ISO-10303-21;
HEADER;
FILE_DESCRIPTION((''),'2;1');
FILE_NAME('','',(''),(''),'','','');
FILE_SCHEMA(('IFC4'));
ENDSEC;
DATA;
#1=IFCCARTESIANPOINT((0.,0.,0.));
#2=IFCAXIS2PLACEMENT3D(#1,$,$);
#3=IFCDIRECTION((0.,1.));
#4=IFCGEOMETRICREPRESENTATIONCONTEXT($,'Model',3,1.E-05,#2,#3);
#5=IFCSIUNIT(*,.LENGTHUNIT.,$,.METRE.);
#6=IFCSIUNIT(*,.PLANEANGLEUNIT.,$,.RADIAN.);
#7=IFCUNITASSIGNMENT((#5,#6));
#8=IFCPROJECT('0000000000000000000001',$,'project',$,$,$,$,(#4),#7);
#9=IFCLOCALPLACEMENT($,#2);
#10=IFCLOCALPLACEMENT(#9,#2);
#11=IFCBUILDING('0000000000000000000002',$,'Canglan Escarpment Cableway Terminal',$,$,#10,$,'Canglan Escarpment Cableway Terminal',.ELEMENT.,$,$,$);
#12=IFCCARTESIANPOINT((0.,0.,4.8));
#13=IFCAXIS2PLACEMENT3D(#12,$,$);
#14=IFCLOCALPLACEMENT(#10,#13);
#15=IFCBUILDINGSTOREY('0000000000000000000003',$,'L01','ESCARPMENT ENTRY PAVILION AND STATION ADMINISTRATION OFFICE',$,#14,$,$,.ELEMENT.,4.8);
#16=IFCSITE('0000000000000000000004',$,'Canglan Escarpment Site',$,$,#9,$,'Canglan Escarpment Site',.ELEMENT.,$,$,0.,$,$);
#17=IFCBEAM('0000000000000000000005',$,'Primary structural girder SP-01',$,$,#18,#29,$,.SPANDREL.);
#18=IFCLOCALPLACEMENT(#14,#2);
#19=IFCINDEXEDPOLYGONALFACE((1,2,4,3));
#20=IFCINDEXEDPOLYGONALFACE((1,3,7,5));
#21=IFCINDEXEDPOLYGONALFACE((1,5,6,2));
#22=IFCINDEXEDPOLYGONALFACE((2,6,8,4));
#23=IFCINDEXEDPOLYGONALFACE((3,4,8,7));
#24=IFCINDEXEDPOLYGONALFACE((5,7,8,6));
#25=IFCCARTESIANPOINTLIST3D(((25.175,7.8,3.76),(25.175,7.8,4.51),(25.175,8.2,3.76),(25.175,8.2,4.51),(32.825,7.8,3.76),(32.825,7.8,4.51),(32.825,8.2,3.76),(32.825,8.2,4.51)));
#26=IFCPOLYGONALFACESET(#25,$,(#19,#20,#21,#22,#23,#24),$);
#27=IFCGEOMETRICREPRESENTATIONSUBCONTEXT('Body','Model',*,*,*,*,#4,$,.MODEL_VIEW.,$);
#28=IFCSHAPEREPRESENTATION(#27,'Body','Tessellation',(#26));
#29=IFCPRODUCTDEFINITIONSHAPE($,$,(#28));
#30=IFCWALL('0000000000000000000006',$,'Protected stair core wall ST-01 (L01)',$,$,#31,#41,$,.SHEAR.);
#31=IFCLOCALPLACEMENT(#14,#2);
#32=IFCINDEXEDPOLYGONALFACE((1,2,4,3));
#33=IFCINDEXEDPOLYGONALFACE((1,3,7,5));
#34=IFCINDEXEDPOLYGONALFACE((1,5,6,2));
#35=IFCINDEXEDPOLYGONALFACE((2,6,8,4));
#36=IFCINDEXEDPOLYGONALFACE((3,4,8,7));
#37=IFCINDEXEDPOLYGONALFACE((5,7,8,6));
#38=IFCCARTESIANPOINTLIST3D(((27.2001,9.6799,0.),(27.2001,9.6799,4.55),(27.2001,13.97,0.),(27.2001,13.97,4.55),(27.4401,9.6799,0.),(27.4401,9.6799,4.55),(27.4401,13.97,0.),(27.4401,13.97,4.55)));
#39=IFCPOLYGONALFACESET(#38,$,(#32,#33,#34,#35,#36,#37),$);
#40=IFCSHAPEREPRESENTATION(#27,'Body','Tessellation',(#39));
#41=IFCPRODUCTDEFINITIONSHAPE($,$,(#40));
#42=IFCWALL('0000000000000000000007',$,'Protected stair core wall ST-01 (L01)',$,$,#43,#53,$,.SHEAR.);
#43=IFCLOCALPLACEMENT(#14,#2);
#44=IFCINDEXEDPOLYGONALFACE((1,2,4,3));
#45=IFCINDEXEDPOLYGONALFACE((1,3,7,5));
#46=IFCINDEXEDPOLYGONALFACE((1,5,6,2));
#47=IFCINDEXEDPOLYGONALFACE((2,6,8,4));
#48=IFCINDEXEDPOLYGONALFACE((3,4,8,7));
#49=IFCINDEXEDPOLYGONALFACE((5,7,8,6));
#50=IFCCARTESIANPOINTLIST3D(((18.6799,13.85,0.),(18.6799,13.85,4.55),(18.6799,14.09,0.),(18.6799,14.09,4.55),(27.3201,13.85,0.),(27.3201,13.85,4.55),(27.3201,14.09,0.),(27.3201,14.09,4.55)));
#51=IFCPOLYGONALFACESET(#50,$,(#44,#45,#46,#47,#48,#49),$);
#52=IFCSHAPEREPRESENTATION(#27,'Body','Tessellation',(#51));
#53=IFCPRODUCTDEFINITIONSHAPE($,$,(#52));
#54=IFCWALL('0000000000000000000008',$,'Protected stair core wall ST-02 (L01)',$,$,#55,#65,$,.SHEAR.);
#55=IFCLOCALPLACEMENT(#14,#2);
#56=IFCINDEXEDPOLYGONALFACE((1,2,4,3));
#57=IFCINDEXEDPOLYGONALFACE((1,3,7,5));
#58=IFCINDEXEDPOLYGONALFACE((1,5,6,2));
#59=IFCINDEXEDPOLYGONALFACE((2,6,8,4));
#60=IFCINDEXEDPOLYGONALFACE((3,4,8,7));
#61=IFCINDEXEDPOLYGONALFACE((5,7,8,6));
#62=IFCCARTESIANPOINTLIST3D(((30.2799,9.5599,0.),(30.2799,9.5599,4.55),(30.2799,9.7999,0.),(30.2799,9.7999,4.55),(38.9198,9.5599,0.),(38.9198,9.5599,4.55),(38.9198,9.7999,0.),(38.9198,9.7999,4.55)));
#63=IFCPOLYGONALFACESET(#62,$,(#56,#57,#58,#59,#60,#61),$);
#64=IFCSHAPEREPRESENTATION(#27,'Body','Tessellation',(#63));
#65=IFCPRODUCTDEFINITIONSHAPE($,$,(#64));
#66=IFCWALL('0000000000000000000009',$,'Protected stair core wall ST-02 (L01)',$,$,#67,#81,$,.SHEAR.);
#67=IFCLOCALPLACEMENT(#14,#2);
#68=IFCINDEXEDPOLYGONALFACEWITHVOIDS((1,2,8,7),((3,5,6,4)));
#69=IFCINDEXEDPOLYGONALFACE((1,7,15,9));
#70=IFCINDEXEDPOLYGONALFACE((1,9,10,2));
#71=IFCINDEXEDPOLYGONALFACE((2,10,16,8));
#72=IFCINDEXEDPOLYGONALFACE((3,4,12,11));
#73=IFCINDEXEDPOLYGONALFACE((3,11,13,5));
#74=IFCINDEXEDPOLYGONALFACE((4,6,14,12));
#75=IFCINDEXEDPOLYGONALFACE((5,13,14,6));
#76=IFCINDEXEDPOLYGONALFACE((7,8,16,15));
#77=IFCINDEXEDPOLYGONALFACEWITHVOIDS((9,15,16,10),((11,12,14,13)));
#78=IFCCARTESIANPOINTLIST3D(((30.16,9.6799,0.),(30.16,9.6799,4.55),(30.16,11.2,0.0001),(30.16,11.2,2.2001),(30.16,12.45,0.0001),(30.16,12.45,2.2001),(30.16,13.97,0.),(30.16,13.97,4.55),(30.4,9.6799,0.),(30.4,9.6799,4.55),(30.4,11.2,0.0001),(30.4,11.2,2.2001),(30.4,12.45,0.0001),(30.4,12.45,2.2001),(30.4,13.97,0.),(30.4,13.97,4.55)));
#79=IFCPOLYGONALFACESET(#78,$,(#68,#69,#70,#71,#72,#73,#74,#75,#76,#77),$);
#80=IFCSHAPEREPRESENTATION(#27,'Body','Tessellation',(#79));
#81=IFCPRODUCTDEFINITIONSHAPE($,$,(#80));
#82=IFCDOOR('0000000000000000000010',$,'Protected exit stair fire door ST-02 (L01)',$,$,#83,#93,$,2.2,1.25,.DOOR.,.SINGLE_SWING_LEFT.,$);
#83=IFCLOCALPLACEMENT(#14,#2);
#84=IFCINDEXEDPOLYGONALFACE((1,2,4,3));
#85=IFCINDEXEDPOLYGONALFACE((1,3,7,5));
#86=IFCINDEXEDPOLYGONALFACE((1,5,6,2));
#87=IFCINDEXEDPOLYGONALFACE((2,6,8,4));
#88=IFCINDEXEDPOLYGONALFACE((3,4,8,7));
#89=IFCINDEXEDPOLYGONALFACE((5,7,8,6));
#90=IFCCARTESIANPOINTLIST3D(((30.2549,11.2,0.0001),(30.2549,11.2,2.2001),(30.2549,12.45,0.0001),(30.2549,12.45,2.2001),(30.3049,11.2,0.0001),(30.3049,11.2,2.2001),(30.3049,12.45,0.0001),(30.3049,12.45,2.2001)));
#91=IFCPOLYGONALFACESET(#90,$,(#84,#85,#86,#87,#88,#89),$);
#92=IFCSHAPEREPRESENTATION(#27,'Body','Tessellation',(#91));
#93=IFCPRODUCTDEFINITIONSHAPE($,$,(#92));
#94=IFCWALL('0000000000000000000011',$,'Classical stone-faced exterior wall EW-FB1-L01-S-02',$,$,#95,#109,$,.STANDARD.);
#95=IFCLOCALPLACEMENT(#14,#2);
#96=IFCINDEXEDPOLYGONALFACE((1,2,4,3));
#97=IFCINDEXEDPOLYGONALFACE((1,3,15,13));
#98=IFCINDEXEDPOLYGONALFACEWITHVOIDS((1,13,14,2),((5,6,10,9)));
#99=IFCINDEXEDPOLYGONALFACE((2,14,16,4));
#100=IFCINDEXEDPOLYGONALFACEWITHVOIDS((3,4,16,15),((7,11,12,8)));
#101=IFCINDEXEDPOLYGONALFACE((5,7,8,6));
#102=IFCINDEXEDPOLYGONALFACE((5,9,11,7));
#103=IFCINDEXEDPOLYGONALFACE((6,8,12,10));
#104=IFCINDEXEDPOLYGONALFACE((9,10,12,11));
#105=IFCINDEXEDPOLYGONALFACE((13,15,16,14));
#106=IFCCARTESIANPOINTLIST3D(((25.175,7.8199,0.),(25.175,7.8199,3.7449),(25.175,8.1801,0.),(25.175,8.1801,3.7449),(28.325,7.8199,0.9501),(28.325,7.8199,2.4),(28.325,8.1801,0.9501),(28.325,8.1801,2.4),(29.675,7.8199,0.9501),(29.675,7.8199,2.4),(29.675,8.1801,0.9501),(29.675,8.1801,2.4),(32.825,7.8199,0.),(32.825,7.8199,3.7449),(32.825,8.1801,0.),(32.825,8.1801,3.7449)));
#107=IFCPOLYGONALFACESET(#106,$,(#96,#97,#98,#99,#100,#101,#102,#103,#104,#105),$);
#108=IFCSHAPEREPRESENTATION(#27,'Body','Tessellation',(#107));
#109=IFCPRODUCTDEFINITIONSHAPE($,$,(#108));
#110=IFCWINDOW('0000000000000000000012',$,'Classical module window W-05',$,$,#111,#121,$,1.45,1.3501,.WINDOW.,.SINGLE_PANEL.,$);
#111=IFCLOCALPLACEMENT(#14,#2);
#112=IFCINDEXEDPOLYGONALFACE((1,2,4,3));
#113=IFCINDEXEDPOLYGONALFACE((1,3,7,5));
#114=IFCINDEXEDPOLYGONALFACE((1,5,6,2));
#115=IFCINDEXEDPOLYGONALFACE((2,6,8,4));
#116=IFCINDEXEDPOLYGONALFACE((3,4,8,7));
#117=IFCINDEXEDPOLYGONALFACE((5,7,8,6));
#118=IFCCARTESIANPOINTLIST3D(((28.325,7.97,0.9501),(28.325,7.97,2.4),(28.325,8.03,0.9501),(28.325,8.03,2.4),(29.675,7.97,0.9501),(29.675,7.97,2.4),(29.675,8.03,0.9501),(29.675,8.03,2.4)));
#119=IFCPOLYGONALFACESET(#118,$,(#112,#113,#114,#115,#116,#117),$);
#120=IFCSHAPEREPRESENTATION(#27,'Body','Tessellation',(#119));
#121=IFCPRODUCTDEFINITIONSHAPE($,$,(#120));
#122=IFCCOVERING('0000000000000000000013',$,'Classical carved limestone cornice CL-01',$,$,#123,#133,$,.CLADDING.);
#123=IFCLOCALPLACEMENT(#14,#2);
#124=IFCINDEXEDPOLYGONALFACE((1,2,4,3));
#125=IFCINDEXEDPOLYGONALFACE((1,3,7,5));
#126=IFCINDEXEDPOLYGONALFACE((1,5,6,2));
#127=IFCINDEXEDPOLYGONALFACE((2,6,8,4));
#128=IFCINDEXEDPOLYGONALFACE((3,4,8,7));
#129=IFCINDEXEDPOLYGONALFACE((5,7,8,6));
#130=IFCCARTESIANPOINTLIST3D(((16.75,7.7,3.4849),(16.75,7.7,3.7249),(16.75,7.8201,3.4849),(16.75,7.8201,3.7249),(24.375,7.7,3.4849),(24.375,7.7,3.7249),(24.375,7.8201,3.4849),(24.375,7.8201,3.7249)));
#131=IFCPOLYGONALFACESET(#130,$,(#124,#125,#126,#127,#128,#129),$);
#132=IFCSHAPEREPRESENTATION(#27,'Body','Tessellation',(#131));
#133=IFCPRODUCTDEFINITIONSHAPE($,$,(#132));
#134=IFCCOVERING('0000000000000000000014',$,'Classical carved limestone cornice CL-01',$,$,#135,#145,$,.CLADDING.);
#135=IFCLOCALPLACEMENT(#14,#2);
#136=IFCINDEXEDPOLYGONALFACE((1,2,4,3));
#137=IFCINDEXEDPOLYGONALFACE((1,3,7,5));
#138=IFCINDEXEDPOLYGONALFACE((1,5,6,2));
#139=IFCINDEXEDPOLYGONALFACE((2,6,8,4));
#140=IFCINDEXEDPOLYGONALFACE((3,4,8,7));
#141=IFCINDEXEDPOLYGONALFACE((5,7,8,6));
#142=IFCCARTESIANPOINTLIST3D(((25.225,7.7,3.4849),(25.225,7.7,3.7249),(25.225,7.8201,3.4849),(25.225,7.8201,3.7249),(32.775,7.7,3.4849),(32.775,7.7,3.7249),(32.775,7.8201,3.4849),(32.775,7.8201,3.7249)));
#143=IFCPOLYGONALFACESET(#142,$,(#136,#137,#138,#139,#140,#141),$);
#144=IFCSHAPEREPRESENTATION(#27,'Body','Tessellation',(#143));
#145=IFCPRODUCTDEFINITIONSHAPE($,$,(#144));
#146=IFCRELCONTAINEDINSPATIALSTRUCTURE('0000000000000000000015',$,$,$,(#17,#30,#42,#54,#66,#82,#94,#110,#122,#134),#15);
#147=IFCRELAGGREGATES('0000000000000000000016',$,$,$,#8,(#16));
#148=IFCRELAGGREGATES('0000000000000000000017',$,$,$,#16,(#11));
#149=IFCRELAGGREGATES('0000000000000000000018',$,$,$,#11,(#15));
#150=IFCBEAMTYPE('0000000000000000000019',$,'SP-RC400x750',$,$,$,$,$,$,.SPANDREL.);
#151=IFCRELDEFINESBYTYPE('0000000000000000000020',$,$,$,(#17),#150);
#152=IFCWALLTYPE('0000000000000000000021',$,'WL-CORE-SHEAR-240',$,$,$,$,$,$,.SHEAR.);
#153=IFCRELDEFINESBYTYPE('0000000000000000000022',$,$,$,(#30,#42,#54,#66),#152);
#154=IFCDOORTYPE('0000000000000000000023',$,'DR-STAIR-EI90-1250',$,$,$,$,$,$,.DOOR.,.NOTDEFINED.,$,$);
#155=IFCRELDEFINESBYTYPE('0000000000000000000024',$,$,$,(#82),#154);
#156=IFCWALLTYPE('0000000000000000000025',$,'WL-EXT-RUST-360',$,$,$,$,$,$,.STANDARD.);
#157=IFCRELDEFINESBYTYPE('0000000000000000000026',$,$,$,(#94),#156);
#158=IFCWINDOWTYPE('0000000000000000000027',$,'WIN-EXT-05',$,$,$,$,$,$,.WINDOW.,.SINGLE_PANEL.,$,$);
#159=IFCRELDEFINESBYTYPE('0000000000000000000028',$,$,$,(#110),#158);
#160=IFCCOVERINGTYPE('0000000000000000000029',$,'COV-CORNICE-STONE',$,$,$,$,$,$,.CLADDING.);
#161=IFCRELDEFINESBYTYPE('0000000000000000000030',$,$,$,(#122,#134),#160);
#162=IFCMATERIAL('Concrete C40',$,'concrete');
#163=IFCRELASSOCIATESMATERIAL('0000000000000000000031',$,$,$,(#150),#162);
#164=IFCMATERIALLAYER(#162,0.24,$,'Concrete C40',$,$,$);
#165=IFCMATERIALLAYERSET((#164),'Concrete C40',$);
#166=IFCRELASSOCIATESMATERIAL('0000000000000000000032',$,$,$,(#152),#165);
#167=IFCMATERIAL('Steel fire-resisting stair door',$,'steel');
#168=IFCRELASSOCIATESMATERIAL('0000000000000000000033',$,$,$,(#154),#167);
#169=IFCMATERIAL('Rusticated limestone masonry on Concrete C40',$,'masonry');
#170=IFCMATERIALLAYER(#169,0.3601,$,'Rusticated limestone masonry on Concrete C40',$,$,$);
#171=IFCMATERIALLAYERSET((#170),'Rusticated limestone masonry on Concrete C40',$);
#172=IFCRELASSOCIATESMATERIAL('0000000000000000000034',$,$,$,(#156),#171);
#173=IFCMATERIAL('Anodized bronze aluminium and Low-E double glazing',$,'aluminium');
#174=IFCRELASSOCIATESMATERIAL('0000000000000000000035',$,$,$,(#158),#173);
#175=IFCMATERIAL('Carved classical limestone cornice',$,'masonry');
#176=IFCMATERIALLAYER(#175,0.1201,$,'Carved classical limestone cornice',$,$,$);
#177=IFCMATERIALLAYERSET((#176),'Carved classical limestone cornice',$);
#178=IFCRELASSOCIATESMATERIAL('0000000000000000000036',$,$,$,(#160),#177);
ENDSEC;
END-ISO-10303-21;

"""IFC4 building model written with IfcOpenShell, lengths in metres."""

from ifc_helpers import new_model, si_unit, direction, frame, frame_2d, origin, origin_2d, place, context, subcontext, project, spatial, rectangle, extrude, material, layer, layer_set, material_profile, profile_set, type_object, element, fill, save


model = new_model("IFC4")

# Units and contexts
model_context = context("Model", 3, precision=1e-05, world=origin(), true_north=direction((0.0, 1.0)))
body_context = subcontext(model_context, "Body", "Model", "MODEL_VIEW")
ifc_project = project(units=[si_unit("LENGTHUNIT", "METRE"), si_unit("PLANEANGLEUNIT", "RADIAN")], contexts=[model_context])

# Site, building, storey
site_placement = place(None, origin())
site = spatial("IfcSite", under=ifc_project, at=site_placement, Name="Canglan Escarpment Site", LongName="Canglan Escarpment Site", CompositionType="ELEMENT", RefElevation=0.0)
building_placement = place(site_placement, origin())
building = spatial("IfcBuilding", under=site, at=building_placement, Name="Canglan Escarpment Cableway Terminal", LongName="Canglan Escarpment Cableway Terminal", CompositionType="ELEMENT")
storey_placement = place(building_placement, frame((0.0, 0.0, 4.8)))
storey = spatial("IfcBuildingStorey", under=building, at=storey_placement, Name="L01", Description="ESCARPMENT ENTRY PAVILION AND STATION ADMINISTRATION OFFICE", CompositionType="ELEMENT", Elevation=4.8)

# Shared definitions
ifc_material_1 = material(Name="Concrete C40", Category="concrete")

# Beam
ifc_material_profile_1 = material_profile(ifc_material_1, rectangle(XDim=0.3999, YDim=0.75, at=origin_2d()), Name="RC 400x750")
ifc_profile_set_1 = profile_set([ifc_material_profile_1], Name="Concrete C40")
beam_type_1 = type_object("IfcBeamType", Name="SP-RC400x750", PredefinedType="SPANDREL", material=ifc_profile_set_1)
beam_1_placement = place(storey_placement, frame((25.175, 8.0, 4.135), z_axis=(1.0, 0.0, 0.0), x_axis=(0.0, 1.0, 0.0)))
element("IfcBeam", 1, at=beam_1_placement, inside=storey, type_object=beam_type_1, Name="Primary structural girder SP-01", PredefinedType="SPANDREL", context=body_context, shape_type="SweptSolid", body=[
    extrude(rectangle(XDim=0.3999, YDim=0.75, at=origin_2d()), origin(), (0.0, 0.0, 1.0), 7.6499),
])

# Walls
ifc_layer_1 = layer(ifc_material_1, 0.24, Name="Concrete C40")
ifc_layer_set_1 = layer_set([ifc_layer_1], Name="Concrete C40")
wall_type_1 = type_object("IfcWallType", Name="WL-CORE-SHEAR-240", PredefinedType="SHEAR", material=ifc_layer_set_1)
wall_1_placement = place(storey_placement, frame((27.3201, 9.6799, 0.0), z_axis=(0.0, 0.0, 1.0), x_axis=(0.0, 1.0, 0.0)))
element("IfcWall", 2, at=wall_1_placement, inside=storey, type_object=wall_type_1, Name="Protected stair core wall ST-01 (L01)", PredefinedType="SHEAR", context=body_context, shape_type="SweptSolid", body=[
    extrude(rectangle(XDim=4.29, YDim=0.24, at=frame_2d((2.145, 0.0))), origin(), (0.0, 0.0, 1.0), 4.55),
])
wall_2_placement = place(storey_placement, frame((27.3201, 13.97, 0.0), z_axis=(0.0, 0.0, 1.0), x_axis=(-1.0, 0.0, 0.0)))
element("IfcWall", 3, at=wall_2_placement, inside=storey, type_object=wall_type_1, Name="Protected stair core wall ST-01 (L01)", PredefinedType="SHEAR", context=body_context, shape_type="SweptSolid", body=[
    extrude(rectangle(XDim=8.6401, YDim=0.24, at=frame_2d((4.3201, 0.0))), origin(), (0.0, 0.0, 1.0), 4.55),
])
wall_3_placement = place(storey_placement, frame((30.28, 9.6799, 0.0), z_axis=(0.0, 0.0, 1.0), x_axis=(1.0, 0.0, 0.0)))
element("IfcWall", 4, at=wall_3_placement, inside=storey, type_object=wall_type_1, Name="Protected stair core wall ST-02 (L01)", PredefinedType="SHEAR", context=body_context, shape_type="SweptSolid", body=[
    extrude(rectangle(XDim=8.6399, YDim=0.24, at=frame_2d((4.3198, 0.0))), origin(), (0.0, 0.0, 1.0), 4.55),
])

# Wall, opening, door
wall_4_placement = place(storey_placement, frame((30.28, 13.97, 0.0), z_axis=(0.0, 0.0, 1.0), x_axis=(0.0, -1.0, 0.0)))
wall_4 = element("IfcWall", 5, at=wall_4_placement, inside=storey, type_object=wall_type_1, Name="Protected stair core wall ST-02 (L01)", PredefinedType="SHEAR", context=body_context, shape_type="SweptSolid", body=[
    extrude(rectangle(XDim=4.29, YDim=0.24, at=frame_2d((2.145, 0.0))), origin(), (0.0, 0.0, 1.0), 4.55),
])
opening_1_placement = place(wall_4_placement, frame((1.52, 0.0, 0.0)))
opening_1 = element("IfcOpeningElement", 6, at=opening_1_placement, cuts=wall_4, PredefinedType="OPENING", context=body_context, shape_type="SweptSolid", body=[
    extrude(rectangle(XDim=1.25, YDim=2.2, at=frame_2d((0.625, 1.1001))), frame((0.0, 0.1299, 0.0), z_axis=(0.0, -1.0, 0.0), x_axis=(1.0, 0.0, 0.0)), (0.0, 0.0, 1.0), 0.26),
])
ifc_material_2 = material(Name="Steel fire-resisting stair door", Category="steel")
door_type = type_object("IfcDoorType", Name="DR-STAIR-EI90-1250", OperationType="NOTDEFINED", PredefinedType="DOOR", material=ifc_material_2)
door_placement = place(opening_1_placement, origin())
door = element("IfcDoor", 7, at=door_placement, inside=storey, type_object=door_type, Name="Protected exit stair fire door ST-02 (L01)", OperationType="SINGLE_SWING_LEFT", OverallHeight=2.2, OverallWidth=1.25, PredefinedType="DOOR", context=body_context, shape_type="SweptSolid", body=[
    extrude(rectangle(XDim=1.25, YDim=2.2, at=frame_2d((0.625, 1.1001))), frame((0.0, 0.0249, 0.0), z_axis=(0.0, -1.0, 0.0), x_axis=(1.0, 0.0, 0.0)), (0.0, 0.0, 1.0), 0.05),
])
fill(opening_1, door)

# Wall, opening, window
ifc_material_3 = material(Name="Rusticated limestone masonry on Concrete C40", Category="masonry")
ifc_layer_2 = layer(ifc_material_3, 0.3601, Name="Rusticated limestone masonry on Concrete C40")
ifc_layer_set_2 = layer_set([ifc_layer_2], Name="Rusticated limestone masonry on Concrete C40")
wall_type_2 = type_object("IfcWallType", Name="WL-EXT-RUST-360", PredefinedType="STANDARD", material=ifc_layer_set_2)
wall_5_placement = place(storey_placement, frame((25.175, 8.0, 0.0), z_axis=(0.0, 0.0, 1.0), x_axis=(1.0, 0.0, 0.0)))
wall_5 = element("IfcWall", 8, at=wall_5_placement, inside=storey, type_object=wall_type_2, Name="Classical stone-faced exterior wall EW-FB1-L01-S-02", PredefinedType="STANDARD", context=body_context, shape_type="SweptSolid", body=[
    extrude(rectangle(XDim=7.6499, YDim=0.3601, at=frame_2d((3.825, 0.0))), origin(), (0.0, 0.0, 1.0), 3.7449),
])
opening_2_placement = place(wall_5_placement, frame((3.1499, 0.0, 0.95)))
opening_2 = element("IfcOpeningElement", 9, at=opening_2_placement, cuts=wall_5, PredefinedType="OPENING", context=body_context, shape_type="SweptSolid", body=[
    extrude(rectangle(XDim=1.3501, YDim=1.45, at=frame_2d((0.675, 0.7251))), frame((0.0, 0.1899, 0.0), z_axis=(0.0, -1.0, 0.0), x_axis=(1.0, 0.0, 0.0)), (0.0, 0.0, 1.0), 0.3801),
])
ifc_material_4 = material(Name="Anodized bronze aluminium and Low-E double glazing", Category="aluminium")
window_type = type_object("IfcWindowType", Name="WIN-EXT-05", PartitioningType="SINGLE_PANEL", PredefinedType="WINDOW", material=ifc_material_4)
window_placement = place(opening_2_placement, origin())
window = element("IfcWindow", 10, at=window_placement, inside=storey, type_object=window_type, Name="Classical module window W-05", OverallHeight=1.45, OverallWidth=1.3501, PartitioningType="SINGLE_PANEL", PredefinedType="WINDOW", context=body_context, shape_type="SweptSolid", body=[
    extrude(rectangle(XDim=1.3501, YDim=1.45, at=frame_2d((0.675, 0.7251))), frame((0.0, 0.03, 0.0), z_axis=(0.0, -1.0, 0.0), x_axis=(1.0, 0.0, 0.0)), (0.0, 0.0, 1.0), 0.0601),
])
fill(opening_2, window)

# Coverings
ifc_material_5 = material(Name="Carved classical limestone cornice", Category="masonry")
ifc_layer_3 = layer(ifc_material_5, 0.1201, Name="Carved classical limestone cornice")
ifc_layer_set_3 = layer_set([ifc_layer_3], Name="Carved classical limestone cornice")
covering_type = type_object("IfcCoveringType", Name="COV-CORNICE-STONE", PredefinedType="CLADDING", material=ifc_layer_set_3)
covering_1_placement = place(storey_placement, frame((20.5625, 7.76, 3.4849), z_axis=(0.0, 0.0, 1.0), x_axis=(1.0, 0.0, 0.0)))
element("IfcCovering", 11, at=covering_1_placement, inside=storey, type_object=covering_type, Name="Classical carved limestone cornice CL-01", PredefinedType="CLADDING", context=body_context, shape_type="SweptSolid", body=[
    extrude(rectangle(XDim=7.625, YDim=0.1201, at=origin_2d()), origin(), (0.0, 0.0, 1.0), 0.24),
])
covering_2_placement = place(storey_placement, frame((29.0, 7.76, 3.4849), z_axis=(0.0, 0.0, 1.0), x_axis=(1.0, 0.0, 0.0)))
element("IfcCovering", 12, at=covering_2_placement, inside=storey, type_object=covering_type, Name="Classical carved limestone cornice CL-01", PredefinedType="CLADDING", context=body_context, shape_type="SweptSolid", body=[
    extrude(rectangle(XDim=7.55, YDim=0.1201, at=origin_2d()), origin(), (0.0, 0.0, 1.0), 0.24),
])

save(model, "model.ifc")
